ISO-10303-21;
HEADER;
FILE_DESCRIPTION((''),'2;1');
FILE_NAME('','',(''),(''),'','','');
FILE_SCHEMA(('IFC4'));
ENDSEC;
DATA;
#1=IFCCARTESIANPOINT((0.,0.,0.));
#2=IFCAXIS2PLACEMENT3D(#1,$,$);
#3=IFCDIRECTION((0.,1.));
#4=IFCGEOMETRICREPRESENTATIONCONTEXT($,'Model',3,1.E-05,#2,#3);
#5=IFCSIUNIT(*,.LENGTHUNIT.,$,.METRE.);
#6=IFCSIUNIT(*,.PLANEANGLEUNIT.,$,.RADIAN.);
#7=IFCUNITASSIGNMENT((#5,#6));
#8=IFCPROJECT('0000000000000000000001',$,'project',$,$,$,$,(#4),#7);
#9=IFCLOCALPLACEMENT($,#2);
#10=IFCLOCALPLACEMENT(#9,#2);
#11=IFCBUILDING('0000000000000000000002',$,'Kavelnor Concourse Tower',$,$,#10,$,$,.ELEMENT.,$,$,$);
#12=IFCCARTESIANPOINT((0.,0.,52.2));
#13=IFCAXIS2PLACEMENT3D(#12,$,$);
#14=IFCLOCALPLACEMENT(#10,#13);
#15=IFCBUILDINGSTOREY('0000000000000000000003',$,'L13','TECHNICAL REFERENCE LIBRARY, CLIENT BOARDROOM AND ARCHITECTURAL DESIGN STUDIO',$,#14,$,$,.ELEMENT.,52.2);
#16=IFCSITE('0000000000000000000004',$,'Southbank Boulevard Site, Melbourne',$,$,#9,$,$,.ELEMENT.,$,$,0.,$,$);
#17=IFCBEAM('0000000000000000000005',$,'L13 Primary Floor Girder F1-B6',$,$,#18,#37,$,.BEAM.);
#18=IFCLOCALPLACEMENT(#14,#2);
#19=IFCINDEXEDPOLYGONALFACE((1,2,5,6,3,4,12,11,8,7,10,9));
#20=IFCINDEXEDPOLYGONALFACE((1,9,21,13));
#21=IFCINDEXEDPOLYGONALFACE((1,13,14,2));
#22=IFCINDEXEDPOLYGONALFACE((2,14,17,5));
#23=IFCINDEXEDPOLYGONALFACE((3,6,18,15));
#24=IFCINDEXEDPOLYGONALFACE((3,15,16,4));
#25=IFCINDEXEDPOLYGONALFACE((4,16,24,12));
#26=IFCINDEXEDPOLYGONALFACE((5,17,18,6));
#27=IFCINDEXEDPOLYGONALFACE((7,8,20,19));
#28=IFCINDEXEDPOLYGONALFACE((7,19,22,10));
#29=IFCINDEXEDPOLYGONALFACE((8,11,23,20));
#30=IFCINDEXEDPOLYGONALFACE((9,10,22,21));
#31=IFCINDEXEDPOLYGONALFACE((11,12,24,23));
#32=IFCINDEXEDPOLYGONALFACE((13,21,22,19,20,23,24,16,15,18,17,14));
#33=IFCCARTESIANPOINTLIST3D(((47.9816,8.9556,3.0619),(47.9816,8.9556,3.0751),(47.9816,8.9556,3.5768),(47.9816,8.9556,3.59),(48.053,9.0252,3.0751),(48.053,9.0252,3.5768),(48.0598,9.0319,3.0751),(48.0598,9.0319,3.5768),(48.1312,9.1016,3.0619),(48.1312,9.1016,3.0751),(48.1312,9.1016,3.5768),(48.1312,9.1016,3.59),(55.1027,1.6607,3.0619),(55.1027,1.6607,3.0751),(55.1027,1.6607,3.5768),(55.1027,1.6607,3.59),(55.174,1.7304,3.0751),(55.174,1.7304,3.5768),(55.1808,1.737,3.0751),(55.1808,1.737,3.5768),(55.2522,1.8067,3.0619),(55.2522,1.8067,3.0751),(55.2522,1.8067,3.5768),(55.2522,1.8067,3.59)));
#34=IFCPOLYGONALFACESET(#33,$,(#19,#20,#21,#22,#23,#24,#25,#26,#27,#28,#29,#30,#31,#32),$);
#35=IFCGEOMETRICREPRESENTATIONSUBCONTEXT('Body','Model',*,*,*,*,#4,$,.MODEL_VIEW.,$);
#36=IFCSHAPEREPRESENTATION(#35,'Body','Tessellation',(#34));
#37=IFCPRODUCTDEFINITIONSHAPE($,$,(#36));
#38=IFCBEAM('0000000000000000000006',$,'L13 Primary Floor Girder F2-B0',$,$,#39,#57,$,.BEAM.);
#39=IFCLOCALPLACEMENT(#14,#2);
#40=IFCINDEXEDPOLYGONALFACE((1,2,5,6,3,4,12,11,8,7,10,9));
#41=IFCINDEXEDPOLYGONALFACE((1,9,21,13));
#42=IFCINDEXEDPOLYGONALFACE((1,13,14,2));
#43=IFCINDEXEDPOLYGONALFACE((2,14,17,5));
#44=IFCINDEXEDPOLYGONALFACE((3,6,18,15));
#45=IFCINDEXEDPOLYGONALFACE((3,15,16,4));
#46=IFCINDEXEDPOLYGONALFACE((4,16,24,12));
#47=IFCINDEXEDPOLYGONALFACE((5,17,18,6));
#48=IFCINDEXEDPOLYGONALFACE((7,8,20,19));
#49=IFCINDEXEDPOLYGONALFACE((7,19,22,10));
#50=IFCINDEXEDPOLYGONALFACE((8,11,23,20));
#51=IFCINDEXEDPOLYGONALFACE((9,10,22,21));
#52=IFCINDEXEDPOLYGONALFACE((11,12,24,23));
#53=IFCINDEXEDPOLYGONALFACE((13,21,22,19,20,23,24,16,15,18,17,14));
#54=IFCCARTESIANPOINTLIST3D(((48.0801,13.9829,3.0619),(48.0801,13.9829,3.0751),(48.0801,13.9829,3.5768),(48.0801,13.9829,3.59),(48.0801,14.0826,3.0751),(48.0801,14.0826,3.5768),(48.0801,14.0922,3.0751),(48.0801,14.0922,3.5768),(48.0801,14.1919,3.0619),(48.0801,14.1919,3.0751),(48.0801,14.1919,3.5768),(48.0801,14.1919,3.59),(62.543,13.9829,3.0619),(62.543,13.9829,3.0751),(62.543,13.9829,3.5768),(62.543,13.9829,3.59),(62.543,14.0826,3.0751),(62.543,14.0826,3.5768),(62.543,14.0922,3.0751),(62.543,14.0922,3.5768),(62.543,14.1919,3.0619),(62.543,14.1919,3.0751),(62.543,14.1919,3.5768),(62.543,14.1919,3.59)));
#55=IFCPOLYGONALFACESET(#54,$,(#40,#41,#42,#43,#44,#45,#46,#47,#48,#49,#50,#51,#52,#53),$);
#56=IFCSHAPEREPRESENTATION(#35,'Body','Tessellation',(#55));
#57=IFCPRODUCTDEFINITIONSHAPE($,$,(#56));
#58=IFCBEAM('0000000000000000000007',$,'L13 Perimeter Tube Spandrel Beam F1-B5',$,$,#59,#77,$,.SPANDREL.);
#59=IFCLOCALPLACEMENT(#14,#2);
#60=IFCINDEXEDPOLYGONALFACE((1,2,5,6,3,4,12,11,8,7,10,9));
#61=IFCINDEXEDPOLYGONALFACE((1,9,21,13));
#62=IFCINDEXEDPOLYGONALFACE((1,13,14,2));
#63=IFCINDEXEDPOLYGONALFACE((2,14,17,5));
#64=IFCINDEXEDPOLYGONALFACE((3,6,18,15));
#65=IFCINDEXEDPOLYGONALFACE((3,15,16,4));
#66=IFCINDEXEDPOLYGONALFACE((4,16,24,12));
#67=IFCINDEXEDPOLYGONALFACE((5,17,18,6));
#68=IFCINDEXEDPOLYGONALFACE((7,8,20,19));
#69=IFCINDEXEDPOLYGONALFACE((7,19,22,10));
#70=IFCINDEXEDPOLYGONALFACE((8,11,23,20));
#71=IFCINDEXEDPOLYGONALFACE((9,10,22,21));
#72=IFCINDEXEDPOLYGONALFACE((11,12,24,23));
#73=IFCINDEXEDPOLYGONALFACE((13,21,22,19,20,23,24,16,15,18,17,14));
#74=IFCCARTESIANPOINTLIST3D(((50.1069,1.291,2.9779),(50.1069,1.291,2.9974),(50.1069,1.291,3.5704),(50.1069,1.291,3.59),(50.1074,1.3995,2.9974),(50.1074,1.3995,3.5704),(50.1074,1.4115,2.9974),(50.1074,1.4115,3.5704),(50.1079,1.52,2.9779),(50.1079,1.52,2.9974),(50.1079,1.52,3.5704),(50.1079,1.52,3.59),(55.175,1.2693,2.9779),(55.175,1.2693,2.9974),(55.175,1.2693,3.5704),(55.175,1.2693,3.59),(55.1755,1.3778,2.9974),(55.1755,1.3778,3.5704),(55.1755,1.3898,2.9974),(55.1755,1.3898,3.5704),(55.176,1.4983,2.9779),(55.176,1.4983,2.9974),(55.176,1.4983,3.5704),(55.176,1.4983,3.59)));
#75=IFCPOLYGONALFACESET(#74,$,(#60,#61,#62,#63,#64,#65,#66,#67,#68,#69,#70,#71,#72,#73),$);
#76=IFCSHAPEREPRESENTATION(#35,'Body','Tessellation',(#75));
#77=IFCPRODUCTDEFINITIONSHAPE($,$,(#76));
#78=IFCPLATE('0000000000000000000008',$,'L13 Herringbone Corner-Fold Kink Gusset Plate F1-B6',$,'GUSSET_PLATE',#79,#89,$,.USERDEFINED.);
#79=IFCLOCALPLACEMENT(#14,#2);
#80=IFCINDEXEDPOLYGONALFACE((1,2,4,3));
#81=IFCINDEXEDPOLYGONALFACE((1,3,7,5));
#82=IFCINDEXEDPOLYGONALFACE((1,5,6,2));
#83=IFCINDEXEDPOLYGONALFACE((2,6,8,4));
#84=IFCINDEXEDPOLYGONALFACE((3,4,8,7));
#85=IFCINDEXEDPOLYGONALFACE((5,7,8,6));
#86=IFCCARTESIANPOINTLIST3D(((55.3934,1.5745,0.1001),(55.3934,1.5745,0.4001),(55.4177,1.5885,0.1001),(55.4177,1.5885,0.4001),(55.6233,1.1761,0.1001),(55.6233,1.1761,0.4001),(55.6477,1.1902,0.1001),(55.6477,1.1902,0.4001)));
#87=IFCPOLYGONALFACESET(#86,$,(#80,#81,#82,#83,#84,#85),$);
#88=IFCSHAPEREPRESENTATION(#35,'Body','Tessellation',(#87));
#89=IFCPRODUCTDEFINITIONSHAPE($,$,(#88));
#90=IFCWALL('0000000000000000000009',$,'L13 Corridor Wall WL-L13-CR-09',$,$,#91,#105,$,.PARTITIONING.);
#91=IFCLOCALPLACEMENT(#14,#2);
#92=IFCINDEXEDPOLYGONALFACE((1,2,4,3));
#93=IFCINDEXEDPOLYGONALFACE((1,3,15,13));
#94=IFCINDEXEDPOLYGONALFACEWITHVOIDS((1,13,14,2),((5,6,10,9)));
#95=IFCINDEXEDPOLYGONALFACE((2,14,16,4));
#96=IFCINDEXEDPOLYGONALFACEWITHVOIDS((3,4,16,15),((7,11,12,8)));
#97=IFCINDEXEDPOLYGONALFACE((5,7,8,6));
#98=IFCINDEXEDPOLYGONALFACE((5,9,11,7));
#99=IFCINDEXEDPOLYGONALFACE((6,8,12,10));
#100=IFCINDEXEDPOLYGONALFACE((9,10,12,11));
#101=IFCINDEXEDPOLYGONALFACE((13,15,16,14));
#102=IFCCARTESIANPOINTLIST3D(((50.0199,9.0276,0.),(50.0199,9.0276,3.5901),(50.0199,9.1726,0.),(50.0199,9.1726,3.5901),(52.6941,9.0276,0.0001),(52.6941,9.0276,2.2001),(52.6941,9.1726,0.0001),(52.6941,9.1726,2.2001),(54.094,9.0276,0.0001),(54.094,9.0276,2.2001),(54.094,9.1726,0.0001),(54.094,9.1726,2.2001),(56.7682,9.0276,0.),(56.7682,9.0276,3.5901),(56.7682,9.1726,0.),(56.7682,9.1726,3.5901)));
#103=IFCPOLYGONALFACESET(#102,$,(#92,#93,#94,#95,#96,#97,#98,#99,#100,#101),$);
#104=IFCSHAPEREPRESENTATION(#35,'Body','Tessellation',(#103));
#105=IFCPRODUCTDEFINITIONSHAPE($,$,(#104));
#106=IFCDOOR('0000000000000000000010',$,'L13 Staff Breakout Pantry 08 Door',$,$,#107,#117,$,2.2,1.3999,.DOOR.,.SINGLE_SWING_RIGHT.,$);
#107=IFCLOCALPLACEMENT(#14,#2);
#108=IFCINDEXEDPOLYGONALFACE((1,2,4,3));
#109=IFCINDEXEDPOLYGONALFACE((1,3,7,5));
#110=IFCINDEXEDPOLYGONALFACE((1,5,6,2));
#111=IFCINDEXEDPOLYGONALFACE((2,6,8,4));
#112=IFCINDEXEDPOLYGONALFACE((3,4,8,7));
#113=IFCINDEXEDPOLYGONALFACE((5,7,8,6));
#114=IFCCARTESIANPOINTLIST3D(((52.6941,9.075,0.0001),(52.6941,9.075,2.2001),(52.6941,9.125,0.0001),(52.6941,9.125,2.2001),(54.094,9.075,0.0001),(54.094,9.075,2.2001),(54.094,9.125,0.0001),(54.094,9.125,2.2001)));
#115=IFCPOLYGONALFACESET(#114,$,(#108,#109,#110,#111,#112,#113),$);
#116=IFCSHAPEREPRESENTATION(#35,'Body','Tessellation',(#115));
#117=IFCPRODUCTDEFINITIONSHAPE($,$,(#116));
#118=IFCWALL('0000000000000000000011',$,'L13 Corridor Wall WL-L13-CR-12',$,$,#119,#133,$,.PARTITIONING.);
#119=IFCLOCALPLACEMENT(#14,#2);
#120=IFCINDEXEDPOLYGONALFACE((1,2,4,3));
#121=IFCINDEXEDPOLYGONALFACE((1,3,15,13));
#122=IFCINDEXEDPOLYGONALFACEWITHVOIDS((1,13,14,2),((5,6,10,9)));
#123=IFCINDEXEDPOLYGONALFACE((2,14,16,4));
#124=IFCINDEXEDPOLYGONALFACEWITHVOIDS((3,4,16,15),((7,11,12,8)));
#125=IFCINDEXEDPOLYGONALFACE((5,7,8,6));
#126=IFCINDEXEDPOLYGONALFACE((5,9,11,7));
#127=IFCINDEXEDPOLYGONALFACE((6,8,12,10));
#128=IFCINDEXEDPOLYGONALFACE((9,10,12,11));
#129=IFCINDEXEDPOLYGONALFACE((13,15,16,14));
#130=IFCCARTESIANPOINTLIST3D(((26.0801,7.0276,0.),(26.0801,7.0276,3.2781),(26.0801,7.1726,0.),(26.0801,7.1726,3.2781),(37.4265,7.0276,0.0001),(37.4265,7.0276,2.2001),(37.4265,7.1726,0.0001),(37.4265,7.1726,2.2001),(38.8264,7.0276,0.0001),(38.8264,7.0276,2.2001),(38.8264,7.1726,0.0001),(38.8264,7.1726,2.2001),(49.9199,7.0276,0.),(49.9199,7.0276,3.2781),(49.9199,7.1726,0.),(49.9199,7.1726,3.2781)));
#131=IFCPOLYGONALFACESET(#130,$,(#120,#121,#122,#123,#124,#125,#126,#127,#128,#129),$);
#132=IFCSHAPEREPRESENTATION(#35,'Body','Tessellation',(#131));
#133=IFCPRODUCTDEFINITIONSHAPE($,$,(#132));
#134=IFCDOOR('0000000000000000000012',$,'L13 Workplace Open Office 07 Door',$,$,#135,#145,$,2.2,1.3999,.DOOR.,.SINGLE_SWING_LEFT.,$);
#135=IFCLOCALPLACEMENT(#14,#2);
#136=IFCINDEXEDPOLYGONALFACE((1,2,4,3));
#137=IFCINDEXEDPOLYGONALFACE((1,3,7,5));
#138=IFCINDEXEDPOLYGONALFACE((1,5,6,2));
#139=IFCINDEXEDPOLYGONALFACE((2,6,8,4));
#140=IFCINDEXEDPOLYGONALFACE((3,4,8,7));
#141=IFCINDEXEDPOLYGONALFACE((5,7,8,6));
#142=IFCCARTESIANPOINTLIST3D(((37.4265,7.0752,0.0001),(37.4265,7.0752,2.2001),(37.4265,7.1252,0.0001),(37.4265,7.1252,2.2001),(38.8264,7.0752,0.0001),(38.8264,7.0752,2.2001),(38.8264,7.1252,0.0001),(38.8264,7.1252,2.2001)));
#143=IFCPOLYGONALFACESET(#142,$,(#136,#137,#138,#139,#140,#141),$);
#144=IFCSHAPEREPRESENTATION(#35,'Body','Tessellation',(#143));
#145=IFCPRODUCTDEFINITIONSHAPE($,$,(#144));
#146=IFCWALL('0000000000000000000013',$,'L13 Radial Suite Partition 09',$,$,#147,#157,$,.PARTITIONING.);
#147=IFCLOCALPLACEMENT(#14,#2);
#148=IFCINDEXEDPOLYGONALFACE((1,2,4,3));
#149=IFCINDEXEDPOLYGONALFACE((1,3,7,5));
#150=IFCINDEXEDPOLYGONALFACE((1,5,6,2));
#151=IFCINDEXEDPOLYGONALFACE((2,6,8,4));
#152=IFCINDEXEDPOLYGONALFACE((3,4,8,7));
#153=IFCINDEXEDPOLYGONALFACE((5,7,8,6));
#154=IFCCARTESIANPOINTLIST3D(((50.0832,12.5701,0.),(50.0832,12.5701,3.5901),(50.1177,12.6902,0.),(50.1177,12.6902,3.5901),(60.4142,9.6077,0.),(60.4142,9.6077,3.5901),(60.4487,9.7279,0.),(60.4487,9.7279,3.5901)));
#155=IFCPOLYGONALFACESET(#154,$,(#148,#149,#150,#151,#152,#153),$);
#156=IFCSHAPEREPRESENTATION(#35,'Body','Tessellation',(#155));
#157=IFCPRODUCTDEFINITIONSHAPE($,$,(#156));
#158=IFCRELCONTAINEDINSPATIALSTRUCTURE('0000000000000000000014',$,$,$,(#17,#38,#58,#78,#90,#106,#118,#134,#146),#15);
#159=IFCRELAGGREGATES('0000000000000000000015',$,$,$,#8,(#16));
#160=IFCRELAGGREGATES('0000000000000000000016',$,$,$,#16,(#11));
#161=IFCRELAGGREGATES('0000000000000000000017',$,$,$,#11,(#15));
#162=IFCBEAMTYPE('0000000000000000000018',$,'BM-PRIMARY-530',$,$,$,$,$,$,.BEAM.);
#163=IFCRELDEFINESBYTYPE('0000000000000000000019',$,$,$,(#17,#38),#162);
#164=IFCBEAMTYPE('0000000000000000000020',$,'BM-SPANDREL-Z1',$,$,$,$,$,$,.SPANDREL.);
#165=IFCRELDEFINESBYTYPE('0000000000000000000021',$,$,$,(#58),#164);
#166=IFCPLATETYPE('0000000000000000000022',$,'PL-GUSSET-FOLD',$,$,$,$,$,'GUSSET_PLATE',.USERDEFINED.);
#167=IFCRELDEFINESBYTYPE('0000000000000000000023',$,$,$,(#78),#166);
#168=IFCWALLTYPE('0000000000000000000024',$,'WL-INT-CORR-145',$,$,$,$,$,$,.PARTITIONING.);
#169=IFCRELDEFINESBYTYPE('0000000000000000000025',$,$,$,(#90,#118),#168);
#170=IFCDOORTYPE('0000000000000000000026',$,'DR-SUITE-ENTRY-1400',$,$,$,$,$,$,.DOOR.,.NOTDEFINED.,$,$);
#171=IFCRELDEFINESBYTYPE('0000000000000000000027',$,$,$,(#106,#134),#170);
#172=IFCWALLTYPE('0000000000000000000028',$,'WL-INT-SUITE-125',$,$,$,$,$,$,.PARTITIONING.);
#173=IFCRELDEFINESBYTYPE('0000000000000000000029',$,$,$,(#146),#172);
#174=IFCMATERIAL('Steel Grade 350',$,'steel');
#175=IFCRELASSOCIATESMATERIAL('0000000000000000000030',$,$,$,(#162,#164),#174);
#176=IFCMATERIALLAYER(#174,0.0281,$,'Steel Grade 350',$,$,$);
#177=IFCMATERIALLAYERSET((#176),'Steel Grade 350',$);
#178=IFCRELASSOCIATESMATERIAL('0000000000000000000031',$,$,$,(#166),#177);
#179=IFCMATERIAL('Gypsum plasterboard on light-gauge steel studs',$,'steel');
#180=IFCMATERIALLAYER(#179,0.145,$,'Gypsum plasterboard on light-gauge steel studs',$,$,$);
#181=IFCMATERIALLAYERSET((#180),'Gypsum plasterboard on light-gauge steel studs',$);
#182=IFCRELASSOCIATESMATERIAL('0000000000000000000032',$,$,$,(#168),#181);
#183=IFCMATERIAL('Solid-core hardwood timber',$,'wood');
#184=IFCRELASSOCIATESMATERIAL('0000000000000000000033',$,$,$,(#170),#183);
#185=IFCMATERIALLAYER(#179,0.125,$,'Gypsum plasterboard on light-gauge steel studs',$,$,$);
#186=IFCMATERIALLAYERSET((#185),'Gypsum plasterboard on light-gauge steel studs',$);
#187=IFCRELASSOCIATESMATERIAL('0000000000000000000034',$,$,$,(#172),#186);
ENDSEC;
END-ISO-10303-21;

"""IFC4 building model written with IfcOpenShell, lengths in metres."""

from ifc_helpers import new_model, si_unit, direction, frame, frame_2d, origin, origin_2d, place, context, subcontext, project, spatial, rectangle, i_section, extrude, material, layer, layer_set, material_profile, profile_set, type_object, element, fill, save


model = new_model("IFC4")

# Units and contexts
model_context = context("Model", 3, precision=1e-05, world=origin(), true_north=direction((0.0, 1.0)))
body_context = subcontext(model_context, "Body", "Model", "MODEL_VIEW")
ifc_project = project(units=[si_unit("LENGTHUNIT", "METRE"), si_unit("PLANEANGLEUNIT", "RADIAN")], contexts=[model_context])

# Site, building, storey
site_placement = place(None, origin())
site = spatial("IfcSite", under=ifc_project, at=site_placement, Name="Southbank Boulevard Site, Melbourne", CompositionType="ELEMENT", RefElevation=0.0)
building_placement = place(site_placement, origin())
building = spatial("IfcBuilding", under=site, at=building_placement, Name="Kavelnor Concourse Tower", CompositionType="ELEMENT")
storey_placement = place(building_placement, frame((0.0, 0.0, 52.2)))
storey = spatial("IfcBuildingStorey", under=building, at=storey_placement, Name="L13", Description="TECHNICAL REFERENCE LIBRARY, CLIENT BOARDROOM AND ARCHITECTURAL DESIGN STUDIO", CompositionType="ELEMENT", Elevation=52.2)

# Shared definitions
ifc_material_1 = material(Name="Steel Grade 350", Category="steel")

# Beams
ifc_material_profile_1 = material_profile(ifc_material_1, i_section(OverallWidth=0.209, OverallDepth=0.5281, WebThickness=0.0095, FlangeThickness=0.0132, at=origin_2d()), Name="530UB82")
ifc_profile_set_1 = profile_set([ifc_material_profile_1], Name="Steel Grade 350")
beam_type_1 = type_object("IfcBeamType", Name="BM-PRIMARY-530", PredefinedType="BEAM", material=ifc_profile_set_1)
beam_1_placement = place(storey_placement, frame((48.0564, 9.0286, 3.3259), z_axis=(0.69853, -0.715581, 0.0), x_axis=(0.715581, 0.69853, 0.0)))
element("IfcBeam", 1, at=beam_1_placement, inside=storey, type_object=beam_type_1, Name="L13 Primary Floor Girder F1-B6", PredefinedType="BEAM", context=body_context, shape_type="SweptSolid", body=[
    extrude(i_section(OverallWidth=0.209, OverallDepth=0.5281, WebThickness=0.0095, FlangeThickness=0.0132, at=origin_2d()), origin(), (0.0, 0.0, 1.0), 10.1943),
])
beam_2_placement = place(storey_placement, frame((48.0801, 14.0874, 3.3259), z_axis=(1.0, 0.0, 0.0), x_axis=(0.0, 1.0, 0.0)))
element("IfcBeam", 2, at=beam_2_placement, inside=storey, type_object=beam_type_1, Name="L13 Primary Floor Girder F2-B0", PredefinedType="BEAM", context=body_context, shape_type="SweptSolid", body=[
    extrude(i_section(OverallWidth=0.209, OverallDepth=0.5281, WebThickness=0.0095, FlangeThickness=0.0132, at=origin_2d()), origin(), (0.0, 0.0, 1.0), 14.4629),
])
ifc_material_profile_2 = material_profile(ifc_material_1, i_section(OverallWidth=0.229, OverallDepth=0.6121, WebThickness=0.012, FlangeThickness=0.0195, at=origin_2d()), Name="610UB125")
ifc_profile_set_2 = profile_set([ifc_material_profile_2], Name="Steel Grade 350")
beam_type_2 = type_object("IfcBeamType", Name="BM-SPANDREL-Z1", PredefinedType="SPANDREL", material=ifc_profile_set_2)
beam_3_placement = place(storey_placement, frame((50.1074, 1.4055, 3.2839), z_axis=(0.999991, -0.004287, 0.0), x_axis=(0.004287, 0.999991, 0.0)))
element("IfcBeam", 3, at=beam_3_placement, inside=storey, type_object=beam_type_2, Name="L13 Perimeter Tube Spandrel Beam F1-B5", PredefinedType="SPANDREL", context=body_context, shape_type="SweptSolid", body=[
    extrude(i_section(OverallWidth=0.229, OverallDepth=0.6121, WebThickness=0.012, FlangeThickness=0.0195, at=origin_2d()), origin(), (0.0, 0.0, 1.0), 5.0681),
])

# Plate
ifc_layer_1 = layer(ifc_material_1, 0.0281, Name="Steel Grade 350")
ifc_layer_set_1 = layer_set([ifc_layer_1], Name="Steel Grade 350")
plate_type = type_object("IfcPlateType", Name="PL-GUSSET-FOLD", ElementType="GUSSET_PLATE", PredefinedType="USERDEFINED", material=ifc_layer_set_1)
plate_placement = place(storey_placement, frame((55.5205, 1.3823, 0.1001), z_axis=(0.0, 0.0, 1.0), x_axis=(-0.5, 0.866025, 0.0)))
element("IfcPlate", 4, at=plate_placement, inside=storey, type_object=plate_type, Name="L13 Herringbone Corner-Fold Kink Gusset Plate F1-B6", ObjectType="GUSSET_PLATE", PredefinedType="USERDEFINED", context=body_context, shape_type="SweptSolid", body=[
    extrude(rectangle(XDim=0.46, YDim=0.0281, at=origin_2d()), origin(), (0.0, 0.0, 1.0), 0.3),
])

# Walls, openings, doors
ifc_material_2 = material(Name="Gypsum plasterboard on light-gauge steel studs", Category="steel")
ifc_layer_2 = layer(ifc_material_2, 0.145, Name="Gypsum plasterboard on light-gauge steel studs")
ifc_layer_set_2 = layer_set([ifc_layer_2], Name="Gypsum plasterboard on light-gauge steel studs")
wall_type_1 = type_object("IfcWallType", Name="WL-INT-CORR-145", PredefinedType="PARTITIONING", material=ifc_layer_set_2)
wall_1_placement = place(storey_placement, frame((50.02, 9.1001, 0.0), z_axis=(0.0, 0.0, 1.0), x_axis=(1.0, 0.0, 0.0)))
wall_1 = element("IfcWall", 5, at=wall_1_placement, inside=storey, type_object=wall_type_1, Name="L13 Corridor Wall WL-L13-CR-09", PredefinedType="PARTITIONING", context=body_context, shape_type="SweptSolid", body=[
    extrude(rectangle(XDim=6.7483, YDim=0.145, at=frame_2d((3.374, 0.0))), origin(), (0.0, 0.0, 1.0), 3.5901),
])
opening_1_placement = place(wall_1_placement, frame((2.6741, 0.0, 0.0)))
opening_1 = element("IfcOpeningElement", 6, at=opening_1_placement, cuts=wall_1, PredefinedType="OPENING", context=body_context, shape_type="SweptSolid", body=[
    extrude(rectangle(XDim=1.3999, YDim=2.2, at=frame_2d((0.7, 1.1001))), frame((0.0, 0.0825, 0.0), z_axis=(0.0, -1.0, 0.0), x_axis=(1.0, 0.0, 0.0)), (0.0, 0.0, 1.0), 0.165),
])
ifc_material_3 = material(Name="Solid-core hardwood timber", Category="wood")
door_type = type_object("IfcDoorType", Name="DR-SUITE-ENTRY-1400", OperationType="NOTDEFINED", PredefinedType="DOOR", material=ifc_material_3)
door_1_placement = place(opening_1_placement, origin())
door_1 = element("IfcDoor", 7, at=door_1_placement, inside=storey, type_object=door_type, Name="L13 Staff Breakout Pantry 08 Door", OperationType="SINGLE_SWING_RIGHT", OverallHeight=2.2, OverallWidth=1.3999, PredefinedType="DOOR", context=body_context, shape_type="SweptSolid", body=[
    extrude(rectangle(XDim=1.3999, YDim=2.2, at=frame_2d((0.7, 1.1001))), frame((0.0, 0.0249, 0.0), z_axis=(0.0, -1.0, 0.0), x_axis=(1.0, 0.0, 0.0)), (0.0, 0.0, 1.0), 0.05),
])
fill(opening_1, door_1)
wall_2_placement = place(storey_placement, frame((49.9199, 7.1001, 0.0), z_axis=(0.0, 0.0, 1.0), x_axis=(-1.0, 0.0, 0.0)))
wall_2 = element("IfcWall", 8, at=wall_2_placement, inside=storey, type_object=wall_type_1, Name="L13 Corridor Wall WL-L13-CR-12", PredefinedType="PARTITIONING", context=body_context, shape_type="SweptSolid", body=[
    extrude(rectangle(XDim=23.8398, YDim=0.145, at=frame_2d((11.9199, 0.0))), origin(), (0.0, 0.0, 1.0), 3.2781),
])
opening_2_placement = place(wall_2_placement, frame((11.0935, 0.0, 0.0)))
opening_2 = element("IfcOpeningElement", 9, at=opening_2_placement, cuts=wall_2, PredefinedType="OPENING", context=body_context, shape_type="SweptSolid", body=[
    extrude(rectangle(XDim=1.3999, YDim=2.2, at=frame_2d((0.7, 1.1001))), frame((0.0, 0.0825, 0.0), z_axis=(0.0, -1.0, 0.0), x_axis=(1.0, 0.0, 0.0)), (0.0, 0.0, 1.0), 0.165),
])
door_2_placement = place(opening_2_placement, origin())
door_2 = element("IfcDoor", 10, at=door_2_placement, inside=storey, type_object=door_type, Name="L13 Workplace Open Office 07 Door", OperationType="SINGLE_SWING_LEFT", OverallHeight=2.2, OverallWidth=1.3999, PredefinedType="DOOR", context=body_context, shape_type="SweptSolid", body=[
    extrude(rectangle(XDim=1.3999, YDim=2.2, at=frame_2d((0.7, 1.1001))), frame((0.0, 0.0249, 0.0), z_axis=(0.0, -1.0, 0.0), x_axis=(1.0, 0.0, 0.0)), (0.0, 0.0, 1.0), 0.05),
])
fill(opening_2, door_2)

# Wall
ifc_layer_3 = layer(ifc_material_2, 0.125, Name="Gypsum plasterboard on light-gauge steel studs")
ifc_layer_set_3 = layer_set([ifc_layer_3], Name="Gypsum plasterboard on light-gauge steel studs")
wall_type_2 = type_object("IfcWallType", Name="WL-INT-SUITE-125", PredefinedType="PARTITIONING", material=ifc_layer_set_3)
wall_3_placement = place(storey_placement, frame((50.1006, 12.6301, 0.0), z_axis=(0.0, 0.0, 1.0), x_axis=(0.961261, -0.275639, 0.0)))
element("IfcWall", 11, at=wall_3_placement, inside=storey, type_object=wall_type_2, Name="L13 Radial Suite Partition 09", PredefinedType="PARTITIONING", context=body_context, shape_type="SweptSolid", body=[
    extrude(rectangle(XDim=10.7473, YDim=0.125, at=frame_2d((5.3735, 0.0))), origin(), (0.0, 0.0, 1.0), 3.5901),
])

save(model, "model.ifc")
